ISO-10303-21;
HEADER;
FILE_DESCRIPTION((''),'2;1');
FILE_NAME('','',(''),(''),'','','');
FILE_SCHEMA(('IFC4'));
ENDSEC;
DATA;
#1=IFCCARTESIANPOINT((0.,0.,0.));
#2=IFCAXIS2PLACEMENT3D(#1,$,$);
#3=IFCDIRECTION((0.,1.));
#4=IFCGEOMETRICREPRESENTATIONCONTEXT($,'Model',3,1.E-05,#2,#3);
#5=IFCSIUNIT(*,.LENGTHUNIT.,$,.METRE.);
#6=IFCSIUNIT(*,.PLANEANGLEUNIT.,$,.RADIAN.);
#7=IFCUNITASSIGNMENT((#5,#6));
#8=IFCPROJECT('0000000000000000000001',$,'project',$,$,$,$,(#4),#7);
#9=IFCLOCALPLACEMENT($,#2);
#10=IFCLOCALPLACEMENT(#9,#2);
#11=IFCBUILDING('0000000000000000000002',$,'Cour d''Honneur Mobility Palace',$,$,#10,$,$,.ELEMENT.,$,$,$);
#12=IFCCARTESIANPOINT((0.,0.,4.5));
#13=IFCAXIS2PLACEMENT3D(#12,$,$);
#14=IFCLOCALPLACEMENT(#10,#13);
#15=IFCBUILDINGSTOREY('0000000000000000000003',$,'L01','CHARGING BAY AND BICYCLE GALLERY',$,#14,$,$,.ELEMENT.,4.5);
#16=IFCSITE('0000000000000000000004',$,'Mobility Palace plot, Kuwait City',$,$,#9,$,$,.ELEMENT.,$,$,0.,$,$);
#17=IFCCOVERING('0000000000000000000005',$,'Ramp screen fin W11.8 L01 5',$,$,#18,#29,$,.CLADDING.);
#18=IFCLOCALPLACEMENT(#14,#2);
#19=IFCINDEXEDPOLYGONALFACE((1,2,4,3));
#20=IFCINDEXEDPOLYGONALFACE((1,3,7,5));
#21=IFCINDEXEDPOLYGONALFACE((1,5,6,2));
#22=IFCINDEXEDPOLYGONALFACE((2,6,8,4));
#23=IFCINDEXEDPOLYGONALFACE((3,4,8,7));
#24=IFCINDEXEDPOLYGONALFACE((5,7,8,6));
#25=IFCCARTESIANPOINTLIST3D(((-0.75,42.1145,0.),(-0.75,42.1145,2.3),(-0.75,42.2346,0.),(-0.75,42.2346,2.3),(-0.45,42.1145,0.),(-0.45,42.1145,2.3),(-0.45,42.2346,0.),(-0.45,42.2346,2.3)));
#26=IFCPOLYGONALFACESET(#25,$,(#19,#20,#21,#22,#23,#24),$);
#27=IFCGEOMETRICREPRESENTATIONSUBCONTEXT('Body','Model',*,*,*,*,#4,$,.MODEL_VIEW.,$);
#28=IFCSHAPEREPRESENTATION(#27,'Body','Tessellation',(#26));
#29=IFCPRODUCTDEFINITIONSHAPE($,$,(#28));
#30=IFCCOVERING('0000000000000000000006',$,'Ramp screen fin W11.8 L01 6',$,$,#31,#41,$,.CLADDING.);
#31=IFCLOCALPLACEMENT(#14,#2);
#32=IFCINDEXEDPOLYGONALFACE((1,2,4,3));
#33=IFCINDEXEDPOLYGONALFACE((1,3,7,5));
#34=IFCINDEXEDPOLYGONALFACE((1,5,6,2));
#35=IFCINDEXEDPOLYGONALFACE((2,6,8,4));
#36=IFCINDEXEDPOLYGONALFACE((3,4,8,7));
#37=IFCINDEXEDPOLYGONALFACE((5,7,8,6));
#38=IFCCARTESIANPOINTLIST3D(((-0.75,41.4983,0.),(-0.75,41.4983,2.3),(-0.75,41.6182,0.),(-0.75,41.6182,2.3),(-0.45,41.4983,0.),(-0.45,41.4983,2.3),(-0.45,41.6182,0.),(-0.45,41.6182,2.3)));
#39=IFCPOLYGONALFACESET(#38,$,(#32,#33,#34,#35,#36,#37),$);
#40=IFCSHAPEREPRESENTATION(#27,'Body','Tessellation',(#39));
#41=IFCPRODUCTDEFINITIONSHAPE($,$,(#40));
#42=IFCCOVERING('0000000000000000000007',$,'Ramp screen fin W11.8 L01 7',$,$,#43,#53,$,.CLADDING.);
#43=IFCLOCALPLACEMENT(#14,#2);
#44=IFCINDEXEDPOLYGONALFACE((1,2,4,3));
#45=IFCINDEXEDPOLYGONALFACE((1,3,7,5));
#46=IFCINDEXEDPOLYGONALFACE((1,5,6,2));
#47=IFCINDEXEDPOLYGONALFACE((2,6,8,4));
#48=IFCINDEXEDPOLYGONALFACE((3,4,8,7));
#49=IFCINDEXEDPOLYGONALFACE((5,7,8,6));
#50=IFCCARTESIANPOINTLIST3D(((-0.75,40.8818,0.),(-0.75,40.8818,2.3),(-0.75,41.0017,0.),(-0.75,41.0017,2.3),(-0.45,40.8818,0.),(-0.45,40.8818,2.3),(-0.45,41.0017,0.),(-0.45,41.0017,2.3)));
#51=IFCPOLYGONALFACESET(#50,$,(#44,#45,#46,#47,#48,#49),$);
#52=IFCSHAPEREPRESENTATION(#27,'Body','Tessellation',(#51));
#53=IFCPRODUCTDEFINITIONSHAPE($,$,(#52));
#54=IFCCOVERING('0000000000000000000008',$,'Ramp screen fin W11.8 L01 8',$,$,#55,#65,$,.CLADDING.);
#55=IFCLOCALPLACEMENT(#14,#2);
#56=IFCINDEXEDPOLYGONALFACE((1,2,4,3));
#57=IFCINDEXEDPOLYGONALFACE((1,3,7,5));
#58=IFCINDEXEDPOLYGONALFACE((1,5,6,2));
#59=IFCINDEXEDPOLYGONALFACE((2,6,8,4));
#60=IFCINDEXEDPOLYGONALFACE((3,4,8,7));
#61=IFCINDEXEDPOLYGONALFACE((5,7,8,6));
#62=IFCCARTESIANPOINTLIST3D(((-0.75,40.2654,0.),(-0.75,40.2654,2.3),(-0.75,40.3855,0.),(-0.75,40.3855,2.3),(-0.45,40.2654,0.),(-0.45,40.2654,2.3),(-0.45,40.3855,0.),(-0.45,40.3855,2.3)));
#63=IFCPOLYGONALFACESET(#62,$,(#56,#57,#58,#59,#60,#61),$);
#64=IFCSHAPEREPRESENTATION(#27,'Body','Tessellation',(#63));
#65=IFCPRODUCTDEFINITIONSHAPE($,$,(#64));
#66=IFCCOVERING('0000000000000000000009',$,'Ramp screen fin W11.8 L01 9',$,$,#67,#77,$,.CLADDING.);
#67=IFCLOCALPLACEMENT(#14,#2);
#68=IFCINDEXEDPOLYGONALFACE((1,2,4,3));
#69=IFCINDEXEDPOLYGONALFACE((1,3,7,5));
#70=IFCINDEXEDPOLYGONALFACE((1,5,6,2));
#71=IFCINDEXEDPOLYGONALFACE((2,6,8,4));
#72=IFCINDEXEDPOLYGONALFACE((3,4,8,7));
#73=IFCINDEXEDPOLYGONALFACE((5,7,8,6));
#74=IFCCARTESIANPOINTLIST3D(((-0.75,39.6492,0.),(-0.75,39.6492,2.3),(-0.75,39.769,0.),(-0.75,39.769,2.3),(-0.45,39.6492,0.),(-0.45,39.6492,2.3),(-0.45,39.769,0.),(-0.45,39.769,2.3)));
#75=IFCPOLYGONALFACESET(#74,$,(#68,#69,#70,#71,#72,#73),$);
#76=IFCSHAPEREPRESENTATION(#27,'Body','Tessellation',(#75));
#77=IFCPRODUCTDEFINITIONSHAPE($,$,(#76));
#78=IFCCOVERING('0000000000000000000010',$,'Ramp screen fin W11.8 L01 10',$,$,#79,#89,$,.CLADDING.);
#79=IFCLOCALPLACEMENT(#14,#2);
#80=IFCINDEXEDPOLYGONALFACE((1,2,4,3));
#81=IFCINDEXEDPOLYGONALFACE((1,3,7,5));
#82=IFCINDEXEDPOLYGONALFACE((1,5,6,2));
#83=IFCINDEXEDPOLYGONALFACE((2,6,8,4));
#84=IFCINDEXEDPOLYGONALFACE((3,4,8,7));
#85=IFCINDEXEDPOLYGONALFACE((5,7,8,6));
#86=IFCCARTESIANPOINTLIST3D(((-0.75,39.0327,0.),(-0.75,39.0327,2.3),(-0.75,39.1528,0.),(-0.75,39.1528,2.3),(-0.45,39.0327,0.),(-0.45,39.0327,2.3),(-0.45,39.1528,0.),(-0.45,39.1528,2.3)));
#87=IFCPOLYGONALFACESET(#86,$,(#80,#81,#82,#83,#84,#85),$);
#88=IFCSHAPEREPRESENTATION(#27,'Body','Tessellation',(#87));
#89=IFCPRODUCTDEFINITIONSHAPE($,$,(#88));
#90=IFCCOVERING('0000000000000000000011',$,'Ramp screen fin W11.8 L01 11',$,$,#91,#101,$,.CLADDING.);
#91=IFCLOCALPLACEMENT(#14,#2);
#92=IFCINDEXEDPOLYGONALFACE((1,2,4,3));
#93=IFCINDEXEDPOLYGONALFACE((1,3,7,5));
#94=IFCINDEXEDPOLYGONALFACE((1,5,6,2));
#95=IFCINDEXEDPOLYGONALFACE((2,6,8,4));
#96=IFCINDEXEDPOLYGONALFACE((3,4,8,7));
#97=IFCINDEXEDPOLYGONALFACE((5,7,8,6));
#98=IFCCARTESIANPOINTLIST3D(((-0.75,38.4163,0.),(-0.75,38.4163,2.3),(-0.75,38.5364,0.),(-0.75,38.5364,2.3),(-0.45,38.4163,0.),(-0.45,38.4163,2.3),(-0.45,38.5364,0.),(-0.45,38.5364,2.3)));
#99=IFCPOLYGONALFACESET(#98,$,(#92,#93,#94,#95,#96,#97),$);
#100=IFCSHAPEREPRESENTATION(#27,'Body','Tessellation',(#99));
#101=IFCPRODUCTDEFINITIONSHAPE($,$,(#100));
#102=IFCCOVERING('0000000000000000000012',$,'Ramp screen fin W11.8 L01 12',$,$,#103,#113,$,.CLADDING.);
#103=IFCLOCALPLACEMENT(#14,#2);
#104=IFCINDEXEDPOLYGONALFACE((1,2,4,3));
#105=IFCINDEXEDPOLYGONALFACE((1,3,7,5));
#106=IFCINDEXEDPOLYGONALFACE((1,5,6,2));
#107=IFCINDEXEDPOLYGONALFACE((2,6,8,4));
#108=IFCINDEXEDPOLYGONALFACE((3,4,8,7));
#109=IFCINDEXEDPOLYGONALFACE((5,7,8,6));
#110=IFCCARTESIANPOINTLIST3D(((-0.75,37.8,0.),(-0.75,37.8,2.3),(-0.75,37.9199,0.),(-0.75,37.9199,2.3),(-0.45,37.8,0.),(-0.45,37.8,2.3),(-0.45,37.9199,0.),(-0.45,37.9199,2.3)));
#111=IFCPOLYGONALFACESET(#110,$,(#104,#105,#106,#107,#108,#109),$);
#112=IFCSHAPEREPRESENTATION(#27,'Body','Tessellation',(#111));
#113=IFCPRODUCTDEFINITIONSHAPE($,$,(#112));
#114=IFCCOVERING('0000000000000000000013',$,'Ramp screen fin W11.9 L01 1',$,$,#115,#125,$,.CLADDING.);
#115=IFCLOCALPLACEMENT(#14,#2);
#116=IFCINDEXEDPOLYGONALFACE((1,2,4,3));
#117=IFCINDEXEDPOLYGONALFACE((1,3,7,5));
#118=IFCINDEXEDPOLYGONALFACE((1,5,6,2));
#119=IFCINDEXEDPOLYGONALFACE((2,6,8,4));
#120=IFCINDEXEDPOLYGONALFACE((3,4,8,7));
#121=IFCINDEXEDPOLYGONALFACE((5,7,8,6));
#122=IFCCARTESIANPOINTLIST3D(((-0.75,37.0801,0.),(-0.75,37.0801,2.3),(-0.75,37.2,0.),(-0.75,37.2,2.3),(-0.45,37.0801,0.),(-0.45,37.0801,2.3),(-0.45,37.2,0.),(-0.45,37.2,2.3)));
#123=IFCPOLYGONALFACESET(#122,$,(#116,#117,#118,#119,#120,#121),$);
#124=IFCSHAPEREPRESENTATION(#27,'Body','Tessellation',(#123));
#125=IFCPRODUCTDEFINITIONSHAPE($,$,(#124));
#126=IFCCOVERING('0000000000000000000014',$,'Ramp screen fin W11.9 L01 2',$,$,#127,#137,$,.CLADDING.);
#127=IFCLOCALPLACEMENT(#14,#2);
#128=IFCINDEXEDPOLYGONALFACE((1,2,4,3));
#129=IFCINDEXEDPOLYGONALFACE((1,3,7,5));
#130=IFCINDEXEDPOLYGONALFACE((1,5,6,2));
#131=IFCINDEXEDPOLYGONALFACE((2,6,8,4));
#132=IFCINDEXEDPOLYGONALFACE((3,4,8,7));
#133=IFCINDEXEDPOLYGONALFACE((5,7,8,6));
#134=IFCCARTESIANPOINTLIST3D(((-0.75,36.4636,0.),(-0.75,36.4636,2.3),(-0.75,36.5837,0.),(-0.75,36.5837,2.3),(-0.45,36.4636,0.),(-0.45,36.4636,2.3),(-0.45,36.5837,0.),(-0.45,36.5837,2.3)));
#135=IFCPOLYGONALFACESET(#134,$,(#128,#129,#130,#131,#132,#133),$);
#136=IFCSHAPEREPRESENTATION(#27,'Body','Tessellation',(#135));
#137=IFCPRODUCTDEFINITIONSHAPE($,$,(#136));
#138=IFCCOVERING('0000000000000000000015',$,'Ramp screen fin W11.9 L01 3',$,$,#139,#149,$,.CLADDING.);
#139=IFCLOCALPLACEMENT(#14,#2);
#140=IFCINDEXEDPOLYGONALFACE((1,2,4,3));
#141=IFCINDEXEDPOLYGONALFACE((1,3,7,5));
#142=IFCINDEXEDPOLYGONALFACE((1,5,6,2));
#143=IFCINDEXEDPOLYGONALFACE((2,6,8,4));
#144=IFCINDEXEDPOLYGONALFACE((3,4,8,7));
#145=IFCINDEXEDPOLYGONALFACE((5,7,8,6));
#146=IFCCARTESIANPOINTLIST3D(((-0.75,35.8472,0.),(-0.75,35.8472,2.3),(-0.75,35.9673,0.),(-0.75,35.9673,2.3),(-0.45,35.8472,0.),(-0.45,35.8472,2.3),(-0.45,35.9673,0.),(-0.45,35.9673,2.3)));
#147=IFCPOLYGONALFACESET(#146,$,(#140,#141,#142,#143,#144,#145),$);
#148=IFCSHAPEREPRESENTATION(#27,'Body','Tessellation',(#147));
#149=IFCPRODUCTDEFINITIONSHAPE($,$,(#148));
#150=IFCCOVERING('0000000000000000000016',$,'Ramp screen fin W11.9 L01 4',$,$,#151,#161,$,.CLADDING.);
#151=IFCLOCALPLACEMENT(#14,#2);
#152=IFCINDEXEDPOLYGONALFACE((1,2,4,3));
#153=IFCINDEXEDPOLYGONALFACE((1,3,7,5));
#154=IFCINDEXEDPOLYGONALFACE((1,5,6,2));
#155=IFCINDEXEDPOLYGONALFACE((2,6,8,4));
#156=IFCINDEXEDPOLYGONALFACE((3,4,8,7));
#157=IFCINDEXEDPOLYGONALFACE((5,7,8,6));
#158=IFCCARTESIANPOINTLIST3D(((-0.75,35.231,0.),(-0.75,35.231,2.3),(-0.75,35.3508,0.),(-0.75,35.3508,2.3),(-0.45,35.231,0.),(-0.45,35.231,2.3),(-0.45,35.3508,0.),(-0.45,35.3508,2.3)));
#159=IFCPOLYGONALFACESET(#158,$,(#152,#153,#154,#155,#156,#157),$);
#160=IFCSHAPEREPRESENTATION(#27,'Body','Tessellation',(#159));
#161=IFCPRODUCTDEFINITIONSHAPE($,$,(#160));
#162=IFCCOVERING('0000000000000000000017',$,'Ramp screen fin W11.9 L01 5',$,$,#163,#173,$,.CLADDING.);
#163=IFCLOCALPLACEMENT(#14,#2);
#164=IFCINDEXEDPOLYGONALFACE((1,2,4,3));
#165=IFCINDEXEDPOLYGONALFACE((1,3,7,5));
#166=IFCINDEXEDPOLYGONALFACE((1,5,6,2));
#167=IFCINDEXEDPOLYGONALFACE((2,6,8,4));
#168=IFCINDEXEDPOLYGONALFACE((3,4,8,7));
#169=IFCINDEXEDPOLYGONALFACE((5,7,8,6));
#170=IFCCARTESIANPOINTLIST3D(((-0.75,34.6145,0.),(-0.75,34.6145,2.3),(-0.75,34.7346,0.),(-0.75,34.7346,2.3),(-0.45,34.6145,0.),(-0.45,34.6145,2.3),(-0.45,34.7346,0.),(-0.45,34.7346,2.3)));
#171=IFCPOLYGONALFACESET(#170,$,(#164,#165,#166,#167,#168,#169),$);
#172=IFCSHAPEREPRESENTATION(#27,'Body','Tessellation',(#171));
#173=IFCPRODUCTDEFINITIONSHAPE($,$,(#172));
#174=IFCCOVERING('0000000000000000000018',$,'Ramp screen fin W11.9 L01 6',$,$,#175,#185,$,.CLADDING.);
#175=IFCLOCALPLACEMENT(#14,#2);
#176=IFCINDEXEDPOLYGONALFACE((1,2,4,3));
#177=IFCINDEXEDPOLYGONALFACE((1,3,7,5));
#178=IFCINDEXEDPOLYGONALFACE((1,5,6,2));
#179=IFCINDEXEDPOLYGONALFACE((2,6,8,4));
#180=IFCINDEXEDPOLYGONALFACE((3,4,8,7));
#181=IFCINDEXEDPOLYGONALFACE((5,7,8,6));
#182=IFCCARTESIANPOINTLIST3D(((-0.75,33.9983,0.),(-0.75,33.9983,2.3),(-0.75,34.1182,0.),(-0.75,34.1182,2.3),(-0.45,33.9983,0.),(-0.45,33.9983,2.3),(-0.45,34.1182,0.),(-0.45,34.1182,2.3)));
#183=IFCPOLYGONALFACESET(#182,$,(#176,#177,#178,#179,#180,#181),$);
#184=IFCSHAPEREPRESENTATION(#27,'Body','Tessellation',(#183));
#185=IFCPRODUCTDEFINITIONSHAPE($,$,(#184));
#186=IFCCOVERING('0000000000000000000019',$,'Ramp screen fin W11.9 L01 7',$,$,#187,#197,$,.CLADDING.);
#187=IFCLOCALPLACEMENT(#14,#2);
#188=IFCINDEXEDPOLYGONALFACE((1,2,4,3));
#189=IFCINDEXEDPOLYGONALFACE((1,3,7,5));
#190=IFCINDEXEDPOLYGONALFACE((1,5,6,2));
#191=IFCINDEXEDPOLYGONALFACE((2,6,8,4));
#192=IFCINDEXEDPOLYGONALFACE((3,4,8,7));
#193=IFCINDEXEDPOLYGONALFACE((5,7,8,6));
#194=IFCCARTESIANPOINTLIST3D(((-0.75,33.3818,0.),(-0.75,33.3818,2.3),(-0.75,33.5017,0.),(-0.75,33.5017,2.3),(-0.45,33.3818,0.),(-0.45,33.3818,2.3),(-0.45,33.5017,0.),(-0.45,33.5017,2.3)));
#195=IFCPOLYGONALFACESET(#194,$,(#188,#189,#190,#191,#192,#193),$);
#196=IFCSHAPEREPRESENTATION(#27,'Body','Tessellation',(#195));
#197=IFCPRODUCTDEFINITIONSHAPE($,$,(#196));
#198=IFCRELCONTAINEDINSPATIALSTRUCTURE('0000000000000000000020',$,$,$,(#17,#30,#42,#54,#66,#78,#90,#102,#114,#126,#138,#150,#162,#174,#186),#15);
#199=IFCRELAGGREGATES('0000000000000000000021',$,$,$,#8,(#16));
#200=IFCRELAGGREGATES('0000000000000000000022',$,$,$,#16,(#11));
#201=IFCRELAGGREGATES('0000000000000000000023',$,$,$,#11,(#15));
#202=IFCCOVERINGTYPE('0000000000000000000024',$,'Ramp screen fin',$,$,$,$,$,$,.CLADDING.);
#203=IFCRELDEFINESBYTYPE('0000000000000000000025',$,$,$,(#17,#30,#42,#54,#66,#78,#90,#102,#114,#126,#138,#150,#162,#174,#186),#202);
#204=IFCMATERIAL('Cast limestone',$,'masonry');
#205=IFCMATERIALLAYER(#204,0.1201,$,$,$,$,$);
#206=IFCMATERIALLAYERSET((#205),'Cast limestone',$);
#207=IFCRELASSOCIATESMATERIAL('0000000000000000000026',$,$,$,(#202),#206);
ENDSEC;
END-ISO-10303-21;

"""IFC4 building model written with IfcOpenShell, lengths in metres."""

from ifc_helpers import new_model, si_unit, direction, frame, origin, place, context, subcontext, project, spatial, polyline, outline, extrude, material, layer, layer_set, type_object, element, save


model = new_model("IFC4")

# Units and contexts
model_context = context("Model", 3, precision=1e-05, world=origin(), true_north=direction((0.0, 1.0)))
body_context = subcontext(model_context, "Body", "Model", "MODEL_VIEW")
ifc_project = project(units=[si_unit("LENGTHUNIT", "METRE"), si_unit("PLANEANGLEUNIT", "RADIAN")], contexts=[model_context])

# Site, building, storey
site_placement = place(None, origin())
site = spatial("IfcSite", under=ifc_project, at=site_placement, Name="Mobility Palace plot, Kuwait City", CompositionType="ELEMENT", RefElevation=0.0)
building_placement = place(site_placement, origin())
building = spatial("IfcBuilding", under=site, at=building_placement, Name="Cour d'Honneur Mobility Palace", CompositionType="ELEMENT")
storey_placement = place(building_placement, frame((0.0, 0.0, 4.5)))
storey = spatial("IfcBuildingStorey", under=building, at=storey_placement, Name="L01", Description="CHARGING BAY AND BICYCLE GALLERY", CompositionType="ELEMENT", Elevation=4.5)

# Coverings
ifc_material = material(Name="Cast limestone", Category="masonry")
ifc_layer = layer(ifc_material, 0.1201)
ifc_layer_set = layer_set([ifc_layer], Name="Cast limestone")
covering_type = type_object("IfcCoveringType", Name="Ramp screen fin", PredefinedType="CLADDING", material=ifc_layer_set)
covering_1_placement = place(storey_placement, origin())
element("IfcCovering", 1, at=covering_1_placement, inside=storey, type_object=covering_type, Name="Ramp screen fin W11.8 L01 5", PredefinedType="CLADDING", context=body_context, shape_type="SweptSolid", body=[
    extrude(outline(polyline([(-0.45, 42.2346), (-0.45, 42.1145), (-0.75, 42.1145), (-0.75, 42.2346), (-0.45, 42.2346)])), origin(), (0.0, 0.0, 1.0), 2.3),
])
covering_2_placement = place(storey_placement, origin())
element("IfcCovering", 2, at=covering_2_placement, inside=storey, type_object=covering_type, Name="Ramp screen fin W11.8 L01 6", PredefinedType="CLADDING", context=body_context, shape_type="SweptSolid", body=[
    extrude(outline(polyline([(-0.45, 41.6182), (-0.45, 41.4983), (-0.75, 41.4983), (-0.75, 41.6182), (-0.45, 41.6182)])), origin(), (0.0, 0.0, 1.0), 2.3),
])
covering_3_placement = place(storey_placement, origin())
element("IfcCovering", 3, at=covering_3_placement, inside=storey, type_object=covering_type, Name="Ramp screen fin W11.8 L01 7", PredefinedType="CLADDING", context=body_context, shape_type="SweptSolid", body=[
    extrude(outline(polyline([(-0.45, 41.0017), (-0.45, 40.8818), (-0.75, 40.8818), (-0.75, 41.0017), (-0.45, 41.0017)])), origin(), (0.0, 0.0, 1.0), 2.3),
])
covering_4_placement = place(storey_placement, origin())
element("IfcCovering", 4, at=covering_4_placement, inside=storey, type_object=covering_type, Name="Ramp screen fin W11.8 L01 8", PredefinedType="CLADDING", context=body_context, shape_type="SweptSolid", body=[
    extrude(outline(polyline([(-0.45, 40.3855), (-0.45, 40.2654), (-0.75, 40.2654), (-0.75, 40.3855), (-0.45, 40.3855)])), origin(), (0.0, 0.0, 1.0), 2.3),
])
covering_5_placement = place(storey_placement, origin())
element("IfcCovering", 5, at=covering_5_placement, inside=storey, type_object=covering_type, Name="Ramp screen fin W11.8 L01 9", PredefinedType="CLADDING", context=body_context, shape_type="SweptSolid", body=[
    extrude(outline(polyline([(-0.45, 39.769), (-0.45, 39.6492), (-0.75, 39.6492), (-0.75, 39.769), (-0.45, 39.769)])), origin(), (0.0, 0.0, 1.0), 2.3),
])
covering_6_placement = place(storey_placement, origin())
element("IfcCovering", 6, at=covering_6_placement, inside=storey, type_object=covering_type, Name="Ramp screen fin W11.8 L01 10", PredefinedType="CLADDING", context=body_context, shape_type="SweptSolid", body=[
    extrude(outline(polyline([(-0.45, 39.1528), (-0.45, 39.0327), (-0.75, 39.0327), (-0.75, 39.1528), (-0.45, 39.1528)])), origin(), (0.0, 0.0, 1.0), 2.3),
])
covering_7_placement = place(storey_placement, origin())
element("IfcCovering", 7, at=covering_7_placement, inside=storey, type_object=covering_type, Name="Ramp screen fin W11.8 L01 11", PredefinedType="CLADDING", context=body_context, shape_type="SweptSolid", body=[
    extrude(outline(polyline([(-0.45, 38.5364), (-0.45, 38.4163), (-0.75, 38.4163), (-0.75, 38.5364), (-0.45, 38.5364)])), origin(), (0.0, 0.0, 1.0), 2.3),
])
covering_8_placement = place(storey_placement, origin())
element("IfcCovering", 8, at=covering_8_placement, inside=storey, type_object=covering_type, Name="Ramp screen fin W11.8 L01 12", PredefinedType="CLADDING", context=body_context, shape_type="SweptSolid", body=[
    extrude(outline(polyline([(-0.45, 37.9199), (-0.45, 37.8), (-0.75, 37.8), (-0.75, 37.9199), (-0.45, 37.9199)])), origin(), (0.0, 0.0, 1.0), 2.3),
])
covering_9_placement = place(storey_placement, origin())
element("IfcCovering", 9, at=covering_9_placement, inside=storey, type_object=covering_type, Name="Ramp screen fin W11.9 L01 1", PredefinedType="CLADDING", context=body_context, shape_type="SweptSolid", body=[
    extrude(outline(polyline([(-0.45, 37.2), (-0.45, 37.0801), (-0.75, 37.0801), (-0.75, 37.2), (-0.45, 37.2)])), origin(), (0.0, 0.0, 1.0), 2.3),
])
covering_10_placement = place(storey_placement, origin())
element("IfcCovering", 10, at=covering_10_placement, inside=storey, type_object=covering_type, Name="Ramp screen fin W11.9 L01 2", PredefinedType="CLADDING", context=body_context, shape_type="SweptSolid", body=[
    extrude(outline(polyline([(-0.45, 36.5837), (-0.45, 36.4636), (-0.75, 36.4636), (-0.75, 36.5837), (-0.45, 36.5837)])), origin(), (0.0, 0.0, 1.0), 2.3),
])
covering_11_placement = place(storey_placement, origin())
element("IfcCovering", 11, at=covering_11_placement, inside=storey, type_object=covering_type, Name="Ramp screen fin W11.9 L01 3", PredefinedType="CLADDING", context=body_context, shape_type="SweptSolid", body=[
    extrude(outline(polyline([(-0.45, 35.9673), (-0.45, 35.8472), (-0.75, 35.8472), (-0.75, 35.9673), (-0.45, 35.9673)])), origin(), (0.0, 0.0, 1.0), 2.3),
])
covering_12_placement = place(storey_placement, origin())
element("IfcCovering", 12, at=covering_12_placement, inside=storey, type_object=covering_type, Name="Ramp screen fin W11.9 L01 4", PredefinedType="CLADDING", context=body_context, shape_type="SweptSolid", body=[
    extrude(outline(polyline([(-0.45, 35.3508), (-0.45, 35.231), (-0.75, 35.231), (-0.75, 35.3508), (-0.45, 35.3508)])), origin(), (0.0, 0.0, 1.0), 2.3),
])
covering_13_placement = place(storey_placement, origin())
element("IfcCovering", 13, at=covering_13_placement, inside=storey, type_object=covering_type, Name="Ramp screen fin W11.9 L01 5", PredefinedType="CLADDING", context=body_context, shape_type="SweptSolid", body=[
    extrude(outline(polyline([(-0.45, 34.7346), (-0.45, 34.6145), (-0.75, 34.6145), (-0.75, 34.7346), (-0.45, 34.7346)])), origin(), (0.0, 0.0, 1.0), 2.3),
])
covering_14_placement = place(storey_placement, origin())
element("IfcCovering", 14, at=covering_14_placement, inside=storey, type_object=covering_type, Name="Ramp screen fin W11.9 L01 6", PredefinedType="CLADDING", context=body_context, shape_type="SweptSolid", body=[
    extrude(outline(polyline([(-0.45, 34.1182), (-0.45, 33.9983), (-0.75, 33.9983), (-0.75, 34.1182), (-0.45, 34.1182)])), origin(), (0.0, 0.0, 1.0), 2.3),
])
covering_15_placement = place(storey_placement, origin())
element("IfcCovering", 15, at=covering_15_placement, inside=storey, type_object=covering_type, Name="Ramp screen fin W11.9 L01 7", PredefinedType="CLADDING", context=body_context, shape_type="SweptSolid", body=[
    extrude(outline(polyline([(-0.45, 33.5017), (-0.45, 33.3818), (-0.75, 33.3818), (-0.75, 33.5017), (-0.45, 33.5017)])), origin(), (0.0, 0.0, 1.0), 2.3),
])

save(model, "model.ifc")
